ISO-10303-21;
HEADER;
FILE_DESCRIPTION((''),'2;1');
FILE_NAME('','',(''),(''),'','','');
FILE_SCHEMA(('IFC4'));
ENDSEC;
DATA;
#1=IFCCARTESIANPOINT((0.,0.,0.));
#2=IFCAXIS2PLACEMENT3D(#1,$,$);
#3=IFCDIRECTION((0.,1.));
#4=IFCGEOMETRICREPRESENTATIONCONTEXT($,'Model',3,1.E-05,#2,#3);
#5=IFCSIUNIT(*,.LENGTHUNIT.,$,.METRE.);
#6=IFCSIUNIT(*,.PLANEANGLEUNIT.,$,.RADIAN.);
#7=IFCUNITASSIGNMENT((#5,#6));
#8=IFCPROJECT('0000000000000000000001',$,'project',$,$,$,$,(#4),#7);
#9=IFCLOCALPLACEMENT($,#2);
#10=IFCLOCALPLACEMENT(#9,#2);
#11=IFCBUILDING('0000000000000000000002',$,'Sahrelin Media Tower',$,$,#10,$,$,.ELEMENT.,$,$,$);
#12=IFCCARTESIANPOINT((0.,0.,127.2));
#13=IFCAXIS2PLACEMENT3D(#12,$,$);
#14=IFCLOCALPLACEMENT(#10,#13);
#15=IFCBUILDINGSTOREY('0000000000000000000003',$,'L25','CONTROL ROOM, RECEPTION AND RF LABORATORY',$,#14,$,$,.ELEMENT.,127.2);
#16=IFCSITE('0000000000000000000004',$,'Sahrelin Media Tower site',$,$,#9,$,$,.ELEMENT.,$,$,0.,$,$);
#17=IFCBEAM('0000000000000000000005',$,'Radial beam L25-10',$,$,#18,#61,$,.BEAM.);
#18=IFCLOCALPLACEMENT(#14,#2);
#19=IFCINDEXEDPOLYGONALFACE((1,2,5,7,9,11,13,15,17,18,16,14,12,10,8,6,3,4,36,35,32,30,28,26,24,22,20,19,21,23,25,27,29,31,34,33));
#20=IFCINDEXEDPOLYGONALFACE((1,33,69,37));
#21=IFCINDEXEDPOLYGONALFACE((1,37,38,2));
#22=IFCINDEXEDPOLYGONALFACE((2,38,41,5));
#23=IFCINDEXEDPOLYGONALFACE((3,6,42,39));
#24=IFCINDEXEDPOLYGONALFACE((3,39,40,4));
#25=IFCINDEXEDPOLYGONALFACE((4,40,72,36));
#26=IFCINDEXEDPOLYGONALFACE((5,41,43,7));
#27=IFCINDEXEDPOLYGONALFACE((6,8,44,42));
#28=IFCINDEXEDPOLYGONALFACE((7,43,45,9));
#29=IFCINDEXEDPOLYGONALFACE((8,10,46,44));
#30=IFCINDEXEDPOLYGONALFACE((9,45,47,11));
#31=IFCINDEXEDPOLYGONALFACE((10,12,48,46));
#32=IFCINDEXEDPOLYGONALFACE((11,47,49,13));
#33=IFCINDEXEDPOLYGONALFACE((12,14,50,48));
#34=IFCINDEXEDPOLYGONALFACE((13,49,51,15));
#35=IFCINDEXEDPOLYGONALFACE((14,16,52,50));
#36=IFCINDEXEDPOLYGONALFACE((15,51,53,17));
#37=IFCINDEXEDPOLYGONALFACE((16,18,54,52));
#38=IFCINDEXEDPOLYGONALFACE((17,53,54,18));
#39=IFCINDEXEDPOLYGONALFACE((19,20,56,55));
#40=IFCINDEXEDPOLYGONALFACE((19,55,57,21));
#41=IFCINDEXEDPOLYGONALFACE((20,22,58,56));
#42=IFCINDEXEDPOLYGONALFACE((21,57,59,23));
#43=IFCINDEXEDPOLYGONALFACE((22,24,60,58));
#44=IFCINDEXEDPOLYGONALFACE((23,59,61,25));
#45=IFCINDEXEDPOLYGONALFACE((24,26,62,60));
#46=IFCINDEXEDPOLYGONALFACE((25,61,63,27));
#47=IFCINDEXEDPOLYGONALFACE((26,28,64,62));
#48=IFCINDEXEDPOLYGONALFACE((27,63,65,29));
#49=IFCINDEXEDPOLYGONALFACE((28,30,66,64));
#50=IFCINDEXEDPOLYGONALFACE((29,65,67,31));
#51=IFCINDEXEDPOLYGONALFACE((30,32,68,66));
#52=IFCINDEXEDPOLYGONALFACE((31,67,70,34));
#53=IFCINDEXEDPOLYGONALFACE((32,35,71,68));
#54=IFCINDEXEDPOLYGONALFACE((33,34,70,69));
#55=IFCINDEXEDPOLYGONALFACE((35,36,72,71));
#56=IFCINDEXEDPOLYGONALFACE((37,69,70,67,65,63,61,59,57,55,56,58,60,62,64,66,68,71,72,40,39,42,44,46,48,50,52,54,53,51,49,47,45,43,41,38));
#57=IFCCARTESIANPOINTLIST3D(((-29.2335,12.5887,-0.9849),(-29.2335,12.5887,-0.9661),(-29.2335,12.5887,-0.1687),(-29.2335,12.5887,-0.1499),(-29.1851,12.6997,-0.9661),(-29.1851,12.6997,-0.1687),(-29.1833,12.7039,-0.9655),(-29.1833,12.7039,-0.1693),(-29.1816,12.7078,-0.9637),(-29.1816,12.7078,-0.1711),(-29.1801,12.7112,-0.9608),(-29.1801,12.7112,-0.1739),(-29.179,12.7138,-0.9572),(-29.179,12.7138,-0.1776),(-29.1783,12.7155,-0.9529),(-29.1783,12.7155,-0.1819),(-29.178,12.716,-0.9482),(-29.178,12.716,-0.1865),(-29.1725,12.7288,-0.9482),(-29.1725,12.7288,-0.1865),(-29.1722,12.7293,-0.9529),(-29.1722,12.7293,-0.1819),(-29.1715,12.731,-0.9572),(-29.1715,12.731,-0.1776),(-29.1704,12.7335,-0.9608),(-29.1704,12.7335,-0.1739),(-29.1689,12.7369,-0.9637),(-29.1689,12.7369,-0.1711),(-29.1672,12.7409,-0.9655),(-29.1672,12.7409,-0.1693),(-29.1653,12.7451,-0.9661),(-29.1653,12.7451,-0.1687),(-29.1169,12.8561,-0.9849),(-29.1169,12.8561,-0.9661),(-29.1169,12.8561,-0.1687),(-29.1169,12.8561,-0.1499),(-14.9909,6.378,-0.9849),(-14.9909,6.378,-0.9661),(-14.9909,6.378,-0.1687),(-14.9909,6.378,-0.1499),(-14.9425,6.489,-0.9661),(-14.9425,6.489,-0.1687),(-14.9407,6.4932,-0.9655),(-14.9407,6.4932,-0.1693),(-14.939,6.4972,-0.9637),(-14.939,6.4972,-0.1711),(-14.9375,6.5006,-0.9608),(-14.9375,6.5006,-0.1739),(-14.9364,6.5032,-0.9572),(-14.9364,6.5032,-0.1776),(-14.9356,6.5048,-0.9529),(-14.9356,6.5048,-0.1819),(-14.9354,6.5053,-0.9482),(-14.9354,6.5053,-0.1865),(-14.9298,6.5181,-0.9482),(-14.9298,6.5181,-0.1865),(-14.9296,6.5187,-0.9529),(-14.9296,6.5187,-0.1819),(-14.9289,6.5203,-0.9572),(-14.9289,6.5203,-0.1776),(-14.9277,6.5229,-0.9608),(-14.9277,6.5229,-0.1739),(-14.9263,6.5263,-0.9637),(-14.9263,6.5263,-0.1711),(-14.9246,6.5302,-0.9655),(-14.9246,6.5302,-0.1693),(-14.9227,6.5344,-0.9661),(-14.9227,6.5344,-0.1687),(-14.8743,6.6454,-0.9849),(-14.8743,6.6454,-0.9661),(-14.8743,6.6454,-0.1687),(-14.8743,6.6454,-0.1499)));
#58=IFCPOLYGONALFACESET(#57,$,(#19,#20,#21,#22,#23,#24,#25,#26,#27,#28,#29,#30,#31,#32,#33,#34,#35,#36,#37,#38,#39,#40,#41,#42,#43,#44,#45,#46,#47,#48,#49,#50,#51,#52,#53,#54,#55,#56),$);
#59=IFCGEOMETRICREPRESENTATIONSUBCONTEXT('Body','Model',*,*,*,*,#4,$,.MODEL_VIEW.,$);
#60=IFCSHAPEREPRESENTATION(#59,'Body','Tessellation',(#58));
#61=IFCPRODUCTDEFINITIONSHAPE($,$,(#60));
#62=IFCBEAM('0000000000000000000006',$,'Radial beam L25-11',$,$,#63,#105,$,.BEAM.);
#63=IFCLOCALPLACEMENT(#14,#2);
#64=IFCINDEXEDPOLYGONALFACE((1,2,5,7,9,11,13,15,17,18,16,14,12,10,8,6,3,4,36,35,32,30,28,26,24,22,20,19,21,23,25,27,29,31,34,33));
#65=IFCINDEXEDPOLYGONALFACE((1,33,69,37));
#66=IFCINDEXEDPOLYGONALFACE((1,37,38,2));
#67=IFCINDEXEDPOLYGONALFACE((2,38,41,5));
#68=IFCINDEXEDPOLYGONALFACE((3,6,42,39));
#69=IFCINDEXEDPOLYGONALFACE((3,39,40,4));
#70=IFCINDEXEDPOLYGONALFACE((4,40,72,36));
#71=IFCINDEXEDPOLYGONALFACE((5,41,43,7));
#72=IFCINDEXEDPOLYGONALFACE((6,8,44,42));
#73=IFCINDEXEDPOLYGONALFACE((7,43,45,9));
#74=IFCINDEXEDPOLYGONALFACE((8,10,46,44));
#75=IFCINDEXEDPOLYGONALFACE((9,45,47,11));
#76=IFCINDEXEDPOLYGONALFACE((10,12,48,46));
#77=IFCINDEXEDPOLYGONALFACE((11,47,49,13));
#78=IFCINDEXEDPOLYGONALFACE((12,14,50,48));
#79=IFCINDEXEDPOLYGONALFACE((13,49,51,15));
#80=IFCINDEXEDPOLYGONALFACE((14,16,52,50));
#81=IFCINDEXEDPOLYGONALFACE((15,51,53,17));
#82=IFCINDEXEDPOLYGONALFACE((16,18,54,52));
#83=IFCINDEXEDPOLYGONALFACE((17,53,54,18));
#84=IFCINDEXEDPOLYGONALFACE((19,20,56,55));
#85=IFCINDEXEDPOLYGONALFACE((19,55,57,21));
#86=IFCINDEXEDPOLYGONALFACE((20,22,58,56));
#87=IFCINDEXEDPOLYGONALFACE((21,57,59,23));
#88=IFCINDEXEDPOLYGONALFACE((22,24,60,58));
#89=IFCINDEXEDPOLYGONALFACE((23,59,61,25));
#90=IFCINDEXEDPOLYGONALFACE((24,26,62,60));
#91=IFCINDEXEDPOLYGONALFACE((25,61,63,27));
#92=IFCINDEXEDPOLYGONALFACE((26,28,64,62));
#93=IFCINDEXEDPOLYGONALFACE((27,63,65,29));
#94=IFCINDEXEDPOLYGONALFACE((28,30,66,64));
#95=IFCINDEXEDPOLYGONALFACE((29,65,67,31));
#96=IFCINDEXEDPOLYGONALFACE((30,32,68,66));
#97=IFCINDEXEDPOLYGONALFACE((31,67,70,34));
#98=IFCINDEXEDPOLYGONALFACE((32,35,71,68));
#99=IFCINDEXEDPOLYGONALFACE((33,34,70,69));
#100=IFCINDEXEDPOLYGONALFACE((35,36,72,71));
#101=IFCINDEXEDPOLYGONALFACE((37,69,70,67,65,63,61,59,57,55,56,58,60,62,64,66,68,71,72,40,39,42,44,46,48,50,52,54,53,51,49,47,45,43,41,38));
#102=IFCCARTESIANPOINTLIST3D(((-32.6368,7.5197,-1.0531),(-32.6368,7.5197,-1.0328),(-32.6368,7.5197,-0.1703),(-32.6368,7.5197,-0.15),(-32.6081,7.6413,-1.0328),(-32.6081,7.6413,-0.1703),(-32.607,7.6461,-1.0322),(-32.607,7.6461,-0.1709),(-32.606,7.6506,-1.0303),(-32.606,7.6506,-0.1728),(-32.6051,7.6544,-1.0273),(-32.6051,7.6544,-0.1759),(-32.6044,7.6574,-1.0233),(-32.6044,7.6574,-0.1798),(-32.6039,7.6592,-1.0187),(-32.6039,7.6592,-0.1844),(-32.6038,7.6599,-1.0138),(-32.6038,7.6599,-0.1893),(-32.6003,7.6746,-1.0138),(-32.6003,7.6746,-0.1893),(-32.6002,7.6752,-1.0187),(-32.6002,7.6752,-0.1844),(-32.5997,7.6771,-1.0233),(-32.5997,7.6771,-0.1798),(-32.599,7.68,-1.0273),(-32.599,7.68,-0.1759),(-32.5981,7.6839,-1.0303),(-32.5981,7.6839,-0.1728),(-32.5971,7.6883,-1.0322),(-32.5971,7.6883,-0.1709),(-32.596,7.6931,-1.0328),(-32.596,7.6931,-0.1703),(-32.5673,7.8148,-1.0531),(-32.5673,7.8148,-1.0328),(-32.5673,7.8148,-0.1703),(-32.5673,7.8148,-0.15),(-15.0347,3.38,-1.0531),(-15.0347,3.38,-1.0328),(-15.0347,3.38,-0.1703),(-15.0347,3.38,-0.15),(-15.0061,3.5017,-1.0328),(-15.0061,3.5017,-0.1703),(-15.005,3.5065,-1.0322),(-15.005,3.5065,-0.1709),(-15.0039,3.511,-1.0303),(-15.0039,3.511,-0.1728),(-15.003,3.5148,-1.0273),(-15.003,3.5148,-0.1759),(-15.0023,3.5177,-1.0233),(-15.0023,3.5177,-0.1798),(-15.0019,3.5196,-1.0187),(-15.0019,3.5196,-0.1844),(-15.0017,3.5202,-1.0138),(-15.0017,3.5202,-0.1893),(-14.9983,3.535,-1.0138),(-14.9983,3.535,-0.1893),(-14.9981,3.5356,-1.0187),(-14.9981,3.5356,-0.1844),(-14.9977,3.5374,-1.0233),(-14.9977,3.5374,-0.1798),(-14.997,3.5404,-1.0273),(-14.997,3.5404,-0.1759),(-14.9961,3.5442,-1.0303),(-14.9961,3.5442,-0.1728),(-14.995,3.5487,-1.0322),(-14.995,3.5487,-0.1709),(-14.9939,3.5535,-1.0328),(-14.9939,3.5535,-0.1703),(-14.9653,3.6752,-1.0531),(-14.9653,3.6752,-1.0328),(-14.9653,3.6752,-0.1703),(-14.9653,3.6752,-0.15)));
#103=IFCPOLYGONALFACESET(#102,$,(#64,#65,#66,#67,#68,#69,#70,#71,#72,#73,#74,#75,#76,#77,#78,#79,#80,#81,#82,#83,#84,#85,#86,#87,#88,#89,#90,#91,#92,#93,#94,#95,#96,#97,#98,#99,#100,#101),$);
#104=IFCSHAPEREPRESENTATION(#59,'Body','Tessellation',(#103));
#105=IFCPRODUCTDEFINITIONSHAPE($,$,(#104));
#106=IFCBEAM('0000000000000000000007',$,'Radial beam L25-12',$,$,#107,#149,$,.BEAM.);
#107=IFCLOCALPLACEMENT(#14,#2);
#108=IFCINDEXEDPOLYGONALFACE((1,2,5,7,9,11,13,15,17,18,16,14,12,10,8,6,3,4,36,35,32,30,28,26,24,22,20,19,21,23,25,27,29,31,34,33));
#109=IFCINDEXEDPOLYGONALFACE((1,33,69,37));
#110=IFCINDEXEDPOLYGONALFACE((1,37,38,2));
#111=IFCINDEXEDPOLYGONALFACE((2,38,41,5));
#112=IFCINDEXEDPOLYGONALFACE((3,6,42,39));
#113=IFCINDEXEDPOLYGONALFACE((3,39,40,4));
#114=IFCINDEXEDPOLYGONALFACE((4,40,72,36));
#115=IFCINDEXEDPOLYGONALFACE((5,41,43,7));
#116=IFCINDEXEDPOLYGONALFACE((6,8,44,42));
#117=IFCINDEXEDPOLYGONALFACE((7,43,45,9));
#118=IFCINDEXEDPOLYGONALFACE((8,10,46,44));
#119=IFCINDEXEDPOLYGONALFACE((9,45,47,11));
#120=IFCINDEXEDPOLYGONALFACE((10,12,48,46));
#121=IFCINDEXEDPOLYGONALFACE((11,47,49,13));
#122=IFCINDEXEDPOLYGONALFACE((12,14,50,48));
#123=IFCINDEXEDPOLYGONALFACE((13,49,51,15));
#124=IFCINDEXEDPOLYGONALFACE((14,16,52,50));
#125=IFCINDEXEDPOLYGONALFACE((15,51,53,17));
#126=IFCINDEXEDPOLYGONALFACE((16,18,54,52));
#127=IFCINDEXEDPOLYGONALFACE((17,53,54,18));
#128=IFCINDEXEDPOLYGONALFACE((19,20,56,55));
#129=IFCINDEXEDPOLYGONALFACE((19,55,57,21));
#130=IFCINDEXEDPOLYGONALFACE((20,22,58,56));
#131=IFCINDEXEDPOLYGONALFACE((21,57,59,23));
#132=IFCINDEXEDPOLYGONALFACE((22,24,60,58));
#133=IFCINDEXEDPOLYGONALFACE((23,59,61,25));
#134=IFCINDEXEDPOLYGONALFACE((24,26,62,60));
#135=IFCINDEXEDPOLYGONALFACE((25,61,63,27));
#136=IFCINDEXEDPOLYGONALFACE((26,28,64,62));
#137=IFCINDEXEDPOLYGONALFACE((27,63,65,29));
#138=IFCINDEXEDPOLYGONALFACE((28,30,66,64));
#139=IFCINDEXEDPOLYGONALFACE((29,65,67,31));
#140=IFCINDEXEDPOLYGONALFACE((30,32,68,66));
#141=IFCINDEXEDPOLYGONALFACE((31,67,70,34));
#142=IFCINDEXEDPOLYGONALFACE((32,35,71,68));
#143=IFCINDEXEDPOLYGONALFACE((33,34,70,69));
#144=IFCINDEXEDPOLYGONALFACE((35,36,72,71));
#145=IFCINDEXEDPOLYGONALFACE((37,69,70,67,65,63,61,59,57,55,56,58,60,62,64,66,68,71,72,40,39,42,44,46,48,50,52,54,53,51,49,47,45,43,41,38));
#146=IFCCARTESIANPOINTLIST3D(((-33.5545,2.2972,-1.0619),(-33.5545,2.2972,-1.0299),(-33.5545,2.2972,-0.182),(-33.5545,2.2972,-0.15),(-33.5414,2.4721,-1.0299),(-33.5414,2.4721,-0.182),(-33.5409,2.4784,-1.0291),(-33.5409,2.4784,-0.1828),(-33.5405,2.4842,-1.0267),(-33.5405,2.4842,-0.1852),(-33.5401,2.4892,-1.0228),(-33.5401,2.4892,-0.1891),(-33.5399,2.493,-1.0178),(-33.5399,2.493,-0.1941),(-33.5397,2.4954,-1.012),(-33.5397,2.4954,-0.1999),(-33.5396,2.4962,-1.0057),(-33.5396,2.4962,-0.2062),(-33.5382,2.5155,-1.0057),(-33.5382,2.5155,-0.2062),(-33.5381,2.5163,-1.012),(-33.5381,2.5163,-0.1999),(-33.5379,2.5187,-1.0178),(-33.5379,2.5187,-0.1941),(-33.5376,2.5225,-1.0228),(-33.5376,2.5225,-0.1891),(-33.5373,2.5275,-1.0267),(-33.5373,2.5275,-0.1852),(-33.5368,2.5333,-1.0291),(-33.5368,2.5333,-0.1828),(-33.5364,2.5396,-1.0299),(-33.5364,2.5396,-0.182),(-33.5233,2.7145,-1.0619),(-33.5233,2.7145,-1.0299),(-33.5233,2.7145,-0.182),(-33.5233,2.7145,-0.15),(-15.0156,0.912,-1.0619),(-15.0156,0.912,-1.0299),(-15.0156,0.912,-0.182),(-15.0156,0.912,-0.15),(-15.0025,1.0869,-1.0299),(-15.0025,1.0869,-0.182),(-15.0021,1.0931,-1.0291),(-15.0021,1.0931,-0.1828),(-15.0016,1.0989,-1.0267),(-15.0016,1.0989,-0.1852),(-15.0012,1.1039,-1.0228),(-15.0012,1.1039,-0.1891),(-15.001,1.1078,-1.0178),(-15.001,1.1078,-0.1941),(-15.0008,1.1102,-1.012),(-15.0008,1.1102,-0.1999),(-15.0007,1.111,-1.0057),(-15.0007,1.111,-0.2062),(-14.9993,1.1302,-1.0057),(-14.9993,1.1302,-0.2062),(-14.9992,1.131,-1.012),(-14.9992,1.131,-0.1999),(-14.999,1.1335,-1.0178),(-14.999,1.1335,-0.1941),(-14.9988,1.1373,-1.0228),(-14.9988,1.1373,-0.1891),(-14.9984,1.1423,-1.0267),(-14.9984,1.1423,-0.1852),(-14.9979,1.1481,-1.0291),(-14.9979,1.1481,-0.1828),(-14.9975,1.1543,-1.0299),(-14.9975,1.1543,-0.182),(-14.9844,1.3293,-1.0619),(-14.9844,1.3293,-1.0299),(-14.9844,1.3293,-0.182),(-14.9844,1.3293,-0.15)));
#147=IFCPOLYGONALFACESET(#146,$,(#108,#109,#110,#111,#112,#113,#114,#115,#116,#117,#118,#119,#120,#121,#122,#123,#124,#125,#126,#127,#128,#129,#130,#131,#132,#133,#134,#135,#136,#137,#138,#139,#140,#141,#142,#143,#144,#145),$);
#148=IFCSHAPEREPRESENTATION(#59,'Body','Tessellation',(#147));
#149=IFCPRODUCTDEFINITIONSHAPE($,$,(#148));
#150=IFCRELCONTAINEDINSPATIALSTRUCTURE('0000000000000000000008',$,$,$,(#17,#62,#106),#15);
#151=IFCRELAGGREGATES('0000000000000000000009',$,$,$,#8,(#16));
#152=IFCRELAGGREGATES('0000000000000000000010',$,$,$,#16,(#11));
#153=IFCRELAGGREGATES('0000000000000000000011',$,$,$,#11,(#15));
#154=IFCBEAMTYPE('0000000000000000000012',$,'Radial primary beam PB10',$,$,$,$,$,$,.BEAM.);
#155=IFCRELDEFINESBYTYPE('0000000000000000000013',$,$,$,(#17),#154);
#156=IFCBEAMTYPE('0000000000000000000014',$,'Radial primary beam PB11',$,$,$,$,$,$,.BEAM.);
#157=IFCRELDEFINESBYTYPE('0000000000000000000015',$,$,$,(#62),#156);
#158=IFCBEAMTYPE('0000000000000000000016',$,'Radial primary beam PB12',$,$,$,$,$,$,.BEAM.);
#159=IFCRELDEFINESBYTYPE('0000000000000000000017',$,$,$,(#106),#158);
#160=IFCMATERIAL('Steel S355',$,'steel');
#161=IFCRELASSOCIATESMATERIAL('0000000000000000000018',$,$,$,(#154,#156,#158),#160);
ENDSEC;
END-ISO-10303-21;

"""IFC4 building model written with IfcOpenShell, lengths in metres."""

from ifc_helpers import new_model, si_unit, direction, frame, origin, origin_2d, place, context, subcontext, project, spatial, i_section, extrude, material, material_profile, profile_set, type_object, element, save


model = new_model("IFC4")

# Units and contexts
model_context = context("Model", 3, precision=1e-05, world=origin(), true_north=direction((0.0, 1.0)))
body_context = subcontext(model_context, "Body", "Model", "MODEL_VIEW")
ifc_project = project(units=[si_unit("LENGTHUNIT", "METRE"), si_unit("PLANEANGLEUNIT", "RADIAN")], contexts=[model_context])

# Site, building, storey
site_placement = place(None, origin())
site = spatial("IfcSite", under=ifc_project, at=site_placement, Name="Sahrelin Media Tower site", CompositionType="ELEMENT", RefElevation=0.0)
building_placement = place(site_placement, origin())
building = spatial("IfcBuilding", under=site, at=building_placement, Name="Sahrelin Media Tower", CompositionType="ELEMENT")
storey_placement = place(building_placement, frame((0.0, 0.0, 127.2)))
storey = spatial("IfcBuildingStorey", under=building, at=storey_placement, Name="L25", Description="CONTROL ROOM, RECEPTION AND RF LABORATORY", CompositionType="ELEMENT", Elevation=127.2)

# Beams
ifc_material_1 = material(Name="Steel S355", Category="steel")
ifc_material_profile_1 = material_profile(ifc_material_1, i_section(OverallWidth=0.2917, OverallDepth=0.835, WebThickness=0.0139, FlangeThickness=0.0188, FilletRadius=0.0178, at=origin_2d()), Name="UB 838x292x176")
ifc_profile_set_1 = profile_set([ifc_material_profile_1], Name="Steel S355")
beam_type_1 = type_object("IfcBeamType", Name="Radial primary beam PB10", PredefinedType="BEAM", material=ifc_profile_set_1)
beam_1_placement = place(storey_placement, frame((-14.9326, 6.5117, -0.5674), z_axis=(-0.916641, 0.399712, 0.0), x_axis=(-0.399712, -0.916641, 0.0)))
element("IfcBeam", 1, at=beam_1_placement, inside=storey, type_object=beam_type_1, Name="Radial beam L25-10", PredefinedType="BEAM", context=body_context, shape_type="SweptSolid", body=[
    extrude(i_section(OverallWidth=0.2917, OverallDepth=0.835, WebThickness=0.0139, FlangeThickness=0.0188, FilletRadius=0.0178, at=origin_2d()), origin(), (0.0, 0.0, 1.0), 15.5378),
])
ifc_material_profile_2 = material_profile(ifc_material_1, i_section(OverallWidth=0.3032, OverallDepth=0.9031, WebThickness=0.0151, FlangeThickness=0.0203, FilletRadius=0.019, at=origin_2d()), Name="UB 914x305x201")
ifc_profile_set_2 = profile_set([ifc_material_profile_2], Name="Steel S355")
beam_type_2 = type_object("IfcBeamType", Name="Radial primary beam PB11", PredefinedType="BEAM", material=ifc_profile_set_2)
beam_2_placement = place(storey_placement, frame((-15.0, 3.5276, -0.6016), z_axis=(-0.973442, 0.228934, 0.0), x_axis=(-0.228934, -0.973442, 0.0)))
element("IfcBeam", 2, at=beam_2_placement, inside=storey, type_object=beam_type_2, Name="Radial beam L25-11", PredefinedType="BEAM", context=body_context, shape_type="SweptSolid", body=[
    extrude(i_section(OverallWidth=0.3032, OverallDepth=0.9031, WebThickness=0.0151, FlangeThickness=0.0203, FilletRadius=0.019, at=origin_2d()), origin(), (0.0, 0.0, 1.0), 18.0823),
])
ifc_material_profile_3 = material_profile(ifc_material_1, i_section(OverallWidth=0.4185, OverallDepth=0.9119, WebThickness=0.0193, FlangeThickness=0.032, FilletRadius=0.0242, at=origin_2d()), Name="UB 914x419x343")
ifc_profile_set_3 = profile_set([ifc_material_profile_3], Name="Steel S355")
beam_type_3 = type_object("IfcBeamType", Name="Radial primary beam PB12", PredefinedType="BEAM", material=ifc_profile_set_3)
beam_3_placement = place(storey_placement, frame((-15.0, 1.1206, -0.606), z_axis=(-0.99722, 0.074514, 0.0), x_axis=(-0.074514, -0.99722, 0.0)))
element("IfcBeam", 3, at=beam_3_placement, inside=storey, type_object=beam_type_3, Name="Radial beam L25-12", PredefinedType="BEAM", context=body_context, shape_type="SweptSolid", body=[
    extrude(i_section(OverallWidth=0.4185, OverallDepth=0.9119, WebThickness=0.0193, FlangeThickness=0.032, FilletRadius=0.0242, at=origin_2d()), origin(), (0.0, 0.0, 1.0), 18.5906),
])

save(model, "model.ifc")
